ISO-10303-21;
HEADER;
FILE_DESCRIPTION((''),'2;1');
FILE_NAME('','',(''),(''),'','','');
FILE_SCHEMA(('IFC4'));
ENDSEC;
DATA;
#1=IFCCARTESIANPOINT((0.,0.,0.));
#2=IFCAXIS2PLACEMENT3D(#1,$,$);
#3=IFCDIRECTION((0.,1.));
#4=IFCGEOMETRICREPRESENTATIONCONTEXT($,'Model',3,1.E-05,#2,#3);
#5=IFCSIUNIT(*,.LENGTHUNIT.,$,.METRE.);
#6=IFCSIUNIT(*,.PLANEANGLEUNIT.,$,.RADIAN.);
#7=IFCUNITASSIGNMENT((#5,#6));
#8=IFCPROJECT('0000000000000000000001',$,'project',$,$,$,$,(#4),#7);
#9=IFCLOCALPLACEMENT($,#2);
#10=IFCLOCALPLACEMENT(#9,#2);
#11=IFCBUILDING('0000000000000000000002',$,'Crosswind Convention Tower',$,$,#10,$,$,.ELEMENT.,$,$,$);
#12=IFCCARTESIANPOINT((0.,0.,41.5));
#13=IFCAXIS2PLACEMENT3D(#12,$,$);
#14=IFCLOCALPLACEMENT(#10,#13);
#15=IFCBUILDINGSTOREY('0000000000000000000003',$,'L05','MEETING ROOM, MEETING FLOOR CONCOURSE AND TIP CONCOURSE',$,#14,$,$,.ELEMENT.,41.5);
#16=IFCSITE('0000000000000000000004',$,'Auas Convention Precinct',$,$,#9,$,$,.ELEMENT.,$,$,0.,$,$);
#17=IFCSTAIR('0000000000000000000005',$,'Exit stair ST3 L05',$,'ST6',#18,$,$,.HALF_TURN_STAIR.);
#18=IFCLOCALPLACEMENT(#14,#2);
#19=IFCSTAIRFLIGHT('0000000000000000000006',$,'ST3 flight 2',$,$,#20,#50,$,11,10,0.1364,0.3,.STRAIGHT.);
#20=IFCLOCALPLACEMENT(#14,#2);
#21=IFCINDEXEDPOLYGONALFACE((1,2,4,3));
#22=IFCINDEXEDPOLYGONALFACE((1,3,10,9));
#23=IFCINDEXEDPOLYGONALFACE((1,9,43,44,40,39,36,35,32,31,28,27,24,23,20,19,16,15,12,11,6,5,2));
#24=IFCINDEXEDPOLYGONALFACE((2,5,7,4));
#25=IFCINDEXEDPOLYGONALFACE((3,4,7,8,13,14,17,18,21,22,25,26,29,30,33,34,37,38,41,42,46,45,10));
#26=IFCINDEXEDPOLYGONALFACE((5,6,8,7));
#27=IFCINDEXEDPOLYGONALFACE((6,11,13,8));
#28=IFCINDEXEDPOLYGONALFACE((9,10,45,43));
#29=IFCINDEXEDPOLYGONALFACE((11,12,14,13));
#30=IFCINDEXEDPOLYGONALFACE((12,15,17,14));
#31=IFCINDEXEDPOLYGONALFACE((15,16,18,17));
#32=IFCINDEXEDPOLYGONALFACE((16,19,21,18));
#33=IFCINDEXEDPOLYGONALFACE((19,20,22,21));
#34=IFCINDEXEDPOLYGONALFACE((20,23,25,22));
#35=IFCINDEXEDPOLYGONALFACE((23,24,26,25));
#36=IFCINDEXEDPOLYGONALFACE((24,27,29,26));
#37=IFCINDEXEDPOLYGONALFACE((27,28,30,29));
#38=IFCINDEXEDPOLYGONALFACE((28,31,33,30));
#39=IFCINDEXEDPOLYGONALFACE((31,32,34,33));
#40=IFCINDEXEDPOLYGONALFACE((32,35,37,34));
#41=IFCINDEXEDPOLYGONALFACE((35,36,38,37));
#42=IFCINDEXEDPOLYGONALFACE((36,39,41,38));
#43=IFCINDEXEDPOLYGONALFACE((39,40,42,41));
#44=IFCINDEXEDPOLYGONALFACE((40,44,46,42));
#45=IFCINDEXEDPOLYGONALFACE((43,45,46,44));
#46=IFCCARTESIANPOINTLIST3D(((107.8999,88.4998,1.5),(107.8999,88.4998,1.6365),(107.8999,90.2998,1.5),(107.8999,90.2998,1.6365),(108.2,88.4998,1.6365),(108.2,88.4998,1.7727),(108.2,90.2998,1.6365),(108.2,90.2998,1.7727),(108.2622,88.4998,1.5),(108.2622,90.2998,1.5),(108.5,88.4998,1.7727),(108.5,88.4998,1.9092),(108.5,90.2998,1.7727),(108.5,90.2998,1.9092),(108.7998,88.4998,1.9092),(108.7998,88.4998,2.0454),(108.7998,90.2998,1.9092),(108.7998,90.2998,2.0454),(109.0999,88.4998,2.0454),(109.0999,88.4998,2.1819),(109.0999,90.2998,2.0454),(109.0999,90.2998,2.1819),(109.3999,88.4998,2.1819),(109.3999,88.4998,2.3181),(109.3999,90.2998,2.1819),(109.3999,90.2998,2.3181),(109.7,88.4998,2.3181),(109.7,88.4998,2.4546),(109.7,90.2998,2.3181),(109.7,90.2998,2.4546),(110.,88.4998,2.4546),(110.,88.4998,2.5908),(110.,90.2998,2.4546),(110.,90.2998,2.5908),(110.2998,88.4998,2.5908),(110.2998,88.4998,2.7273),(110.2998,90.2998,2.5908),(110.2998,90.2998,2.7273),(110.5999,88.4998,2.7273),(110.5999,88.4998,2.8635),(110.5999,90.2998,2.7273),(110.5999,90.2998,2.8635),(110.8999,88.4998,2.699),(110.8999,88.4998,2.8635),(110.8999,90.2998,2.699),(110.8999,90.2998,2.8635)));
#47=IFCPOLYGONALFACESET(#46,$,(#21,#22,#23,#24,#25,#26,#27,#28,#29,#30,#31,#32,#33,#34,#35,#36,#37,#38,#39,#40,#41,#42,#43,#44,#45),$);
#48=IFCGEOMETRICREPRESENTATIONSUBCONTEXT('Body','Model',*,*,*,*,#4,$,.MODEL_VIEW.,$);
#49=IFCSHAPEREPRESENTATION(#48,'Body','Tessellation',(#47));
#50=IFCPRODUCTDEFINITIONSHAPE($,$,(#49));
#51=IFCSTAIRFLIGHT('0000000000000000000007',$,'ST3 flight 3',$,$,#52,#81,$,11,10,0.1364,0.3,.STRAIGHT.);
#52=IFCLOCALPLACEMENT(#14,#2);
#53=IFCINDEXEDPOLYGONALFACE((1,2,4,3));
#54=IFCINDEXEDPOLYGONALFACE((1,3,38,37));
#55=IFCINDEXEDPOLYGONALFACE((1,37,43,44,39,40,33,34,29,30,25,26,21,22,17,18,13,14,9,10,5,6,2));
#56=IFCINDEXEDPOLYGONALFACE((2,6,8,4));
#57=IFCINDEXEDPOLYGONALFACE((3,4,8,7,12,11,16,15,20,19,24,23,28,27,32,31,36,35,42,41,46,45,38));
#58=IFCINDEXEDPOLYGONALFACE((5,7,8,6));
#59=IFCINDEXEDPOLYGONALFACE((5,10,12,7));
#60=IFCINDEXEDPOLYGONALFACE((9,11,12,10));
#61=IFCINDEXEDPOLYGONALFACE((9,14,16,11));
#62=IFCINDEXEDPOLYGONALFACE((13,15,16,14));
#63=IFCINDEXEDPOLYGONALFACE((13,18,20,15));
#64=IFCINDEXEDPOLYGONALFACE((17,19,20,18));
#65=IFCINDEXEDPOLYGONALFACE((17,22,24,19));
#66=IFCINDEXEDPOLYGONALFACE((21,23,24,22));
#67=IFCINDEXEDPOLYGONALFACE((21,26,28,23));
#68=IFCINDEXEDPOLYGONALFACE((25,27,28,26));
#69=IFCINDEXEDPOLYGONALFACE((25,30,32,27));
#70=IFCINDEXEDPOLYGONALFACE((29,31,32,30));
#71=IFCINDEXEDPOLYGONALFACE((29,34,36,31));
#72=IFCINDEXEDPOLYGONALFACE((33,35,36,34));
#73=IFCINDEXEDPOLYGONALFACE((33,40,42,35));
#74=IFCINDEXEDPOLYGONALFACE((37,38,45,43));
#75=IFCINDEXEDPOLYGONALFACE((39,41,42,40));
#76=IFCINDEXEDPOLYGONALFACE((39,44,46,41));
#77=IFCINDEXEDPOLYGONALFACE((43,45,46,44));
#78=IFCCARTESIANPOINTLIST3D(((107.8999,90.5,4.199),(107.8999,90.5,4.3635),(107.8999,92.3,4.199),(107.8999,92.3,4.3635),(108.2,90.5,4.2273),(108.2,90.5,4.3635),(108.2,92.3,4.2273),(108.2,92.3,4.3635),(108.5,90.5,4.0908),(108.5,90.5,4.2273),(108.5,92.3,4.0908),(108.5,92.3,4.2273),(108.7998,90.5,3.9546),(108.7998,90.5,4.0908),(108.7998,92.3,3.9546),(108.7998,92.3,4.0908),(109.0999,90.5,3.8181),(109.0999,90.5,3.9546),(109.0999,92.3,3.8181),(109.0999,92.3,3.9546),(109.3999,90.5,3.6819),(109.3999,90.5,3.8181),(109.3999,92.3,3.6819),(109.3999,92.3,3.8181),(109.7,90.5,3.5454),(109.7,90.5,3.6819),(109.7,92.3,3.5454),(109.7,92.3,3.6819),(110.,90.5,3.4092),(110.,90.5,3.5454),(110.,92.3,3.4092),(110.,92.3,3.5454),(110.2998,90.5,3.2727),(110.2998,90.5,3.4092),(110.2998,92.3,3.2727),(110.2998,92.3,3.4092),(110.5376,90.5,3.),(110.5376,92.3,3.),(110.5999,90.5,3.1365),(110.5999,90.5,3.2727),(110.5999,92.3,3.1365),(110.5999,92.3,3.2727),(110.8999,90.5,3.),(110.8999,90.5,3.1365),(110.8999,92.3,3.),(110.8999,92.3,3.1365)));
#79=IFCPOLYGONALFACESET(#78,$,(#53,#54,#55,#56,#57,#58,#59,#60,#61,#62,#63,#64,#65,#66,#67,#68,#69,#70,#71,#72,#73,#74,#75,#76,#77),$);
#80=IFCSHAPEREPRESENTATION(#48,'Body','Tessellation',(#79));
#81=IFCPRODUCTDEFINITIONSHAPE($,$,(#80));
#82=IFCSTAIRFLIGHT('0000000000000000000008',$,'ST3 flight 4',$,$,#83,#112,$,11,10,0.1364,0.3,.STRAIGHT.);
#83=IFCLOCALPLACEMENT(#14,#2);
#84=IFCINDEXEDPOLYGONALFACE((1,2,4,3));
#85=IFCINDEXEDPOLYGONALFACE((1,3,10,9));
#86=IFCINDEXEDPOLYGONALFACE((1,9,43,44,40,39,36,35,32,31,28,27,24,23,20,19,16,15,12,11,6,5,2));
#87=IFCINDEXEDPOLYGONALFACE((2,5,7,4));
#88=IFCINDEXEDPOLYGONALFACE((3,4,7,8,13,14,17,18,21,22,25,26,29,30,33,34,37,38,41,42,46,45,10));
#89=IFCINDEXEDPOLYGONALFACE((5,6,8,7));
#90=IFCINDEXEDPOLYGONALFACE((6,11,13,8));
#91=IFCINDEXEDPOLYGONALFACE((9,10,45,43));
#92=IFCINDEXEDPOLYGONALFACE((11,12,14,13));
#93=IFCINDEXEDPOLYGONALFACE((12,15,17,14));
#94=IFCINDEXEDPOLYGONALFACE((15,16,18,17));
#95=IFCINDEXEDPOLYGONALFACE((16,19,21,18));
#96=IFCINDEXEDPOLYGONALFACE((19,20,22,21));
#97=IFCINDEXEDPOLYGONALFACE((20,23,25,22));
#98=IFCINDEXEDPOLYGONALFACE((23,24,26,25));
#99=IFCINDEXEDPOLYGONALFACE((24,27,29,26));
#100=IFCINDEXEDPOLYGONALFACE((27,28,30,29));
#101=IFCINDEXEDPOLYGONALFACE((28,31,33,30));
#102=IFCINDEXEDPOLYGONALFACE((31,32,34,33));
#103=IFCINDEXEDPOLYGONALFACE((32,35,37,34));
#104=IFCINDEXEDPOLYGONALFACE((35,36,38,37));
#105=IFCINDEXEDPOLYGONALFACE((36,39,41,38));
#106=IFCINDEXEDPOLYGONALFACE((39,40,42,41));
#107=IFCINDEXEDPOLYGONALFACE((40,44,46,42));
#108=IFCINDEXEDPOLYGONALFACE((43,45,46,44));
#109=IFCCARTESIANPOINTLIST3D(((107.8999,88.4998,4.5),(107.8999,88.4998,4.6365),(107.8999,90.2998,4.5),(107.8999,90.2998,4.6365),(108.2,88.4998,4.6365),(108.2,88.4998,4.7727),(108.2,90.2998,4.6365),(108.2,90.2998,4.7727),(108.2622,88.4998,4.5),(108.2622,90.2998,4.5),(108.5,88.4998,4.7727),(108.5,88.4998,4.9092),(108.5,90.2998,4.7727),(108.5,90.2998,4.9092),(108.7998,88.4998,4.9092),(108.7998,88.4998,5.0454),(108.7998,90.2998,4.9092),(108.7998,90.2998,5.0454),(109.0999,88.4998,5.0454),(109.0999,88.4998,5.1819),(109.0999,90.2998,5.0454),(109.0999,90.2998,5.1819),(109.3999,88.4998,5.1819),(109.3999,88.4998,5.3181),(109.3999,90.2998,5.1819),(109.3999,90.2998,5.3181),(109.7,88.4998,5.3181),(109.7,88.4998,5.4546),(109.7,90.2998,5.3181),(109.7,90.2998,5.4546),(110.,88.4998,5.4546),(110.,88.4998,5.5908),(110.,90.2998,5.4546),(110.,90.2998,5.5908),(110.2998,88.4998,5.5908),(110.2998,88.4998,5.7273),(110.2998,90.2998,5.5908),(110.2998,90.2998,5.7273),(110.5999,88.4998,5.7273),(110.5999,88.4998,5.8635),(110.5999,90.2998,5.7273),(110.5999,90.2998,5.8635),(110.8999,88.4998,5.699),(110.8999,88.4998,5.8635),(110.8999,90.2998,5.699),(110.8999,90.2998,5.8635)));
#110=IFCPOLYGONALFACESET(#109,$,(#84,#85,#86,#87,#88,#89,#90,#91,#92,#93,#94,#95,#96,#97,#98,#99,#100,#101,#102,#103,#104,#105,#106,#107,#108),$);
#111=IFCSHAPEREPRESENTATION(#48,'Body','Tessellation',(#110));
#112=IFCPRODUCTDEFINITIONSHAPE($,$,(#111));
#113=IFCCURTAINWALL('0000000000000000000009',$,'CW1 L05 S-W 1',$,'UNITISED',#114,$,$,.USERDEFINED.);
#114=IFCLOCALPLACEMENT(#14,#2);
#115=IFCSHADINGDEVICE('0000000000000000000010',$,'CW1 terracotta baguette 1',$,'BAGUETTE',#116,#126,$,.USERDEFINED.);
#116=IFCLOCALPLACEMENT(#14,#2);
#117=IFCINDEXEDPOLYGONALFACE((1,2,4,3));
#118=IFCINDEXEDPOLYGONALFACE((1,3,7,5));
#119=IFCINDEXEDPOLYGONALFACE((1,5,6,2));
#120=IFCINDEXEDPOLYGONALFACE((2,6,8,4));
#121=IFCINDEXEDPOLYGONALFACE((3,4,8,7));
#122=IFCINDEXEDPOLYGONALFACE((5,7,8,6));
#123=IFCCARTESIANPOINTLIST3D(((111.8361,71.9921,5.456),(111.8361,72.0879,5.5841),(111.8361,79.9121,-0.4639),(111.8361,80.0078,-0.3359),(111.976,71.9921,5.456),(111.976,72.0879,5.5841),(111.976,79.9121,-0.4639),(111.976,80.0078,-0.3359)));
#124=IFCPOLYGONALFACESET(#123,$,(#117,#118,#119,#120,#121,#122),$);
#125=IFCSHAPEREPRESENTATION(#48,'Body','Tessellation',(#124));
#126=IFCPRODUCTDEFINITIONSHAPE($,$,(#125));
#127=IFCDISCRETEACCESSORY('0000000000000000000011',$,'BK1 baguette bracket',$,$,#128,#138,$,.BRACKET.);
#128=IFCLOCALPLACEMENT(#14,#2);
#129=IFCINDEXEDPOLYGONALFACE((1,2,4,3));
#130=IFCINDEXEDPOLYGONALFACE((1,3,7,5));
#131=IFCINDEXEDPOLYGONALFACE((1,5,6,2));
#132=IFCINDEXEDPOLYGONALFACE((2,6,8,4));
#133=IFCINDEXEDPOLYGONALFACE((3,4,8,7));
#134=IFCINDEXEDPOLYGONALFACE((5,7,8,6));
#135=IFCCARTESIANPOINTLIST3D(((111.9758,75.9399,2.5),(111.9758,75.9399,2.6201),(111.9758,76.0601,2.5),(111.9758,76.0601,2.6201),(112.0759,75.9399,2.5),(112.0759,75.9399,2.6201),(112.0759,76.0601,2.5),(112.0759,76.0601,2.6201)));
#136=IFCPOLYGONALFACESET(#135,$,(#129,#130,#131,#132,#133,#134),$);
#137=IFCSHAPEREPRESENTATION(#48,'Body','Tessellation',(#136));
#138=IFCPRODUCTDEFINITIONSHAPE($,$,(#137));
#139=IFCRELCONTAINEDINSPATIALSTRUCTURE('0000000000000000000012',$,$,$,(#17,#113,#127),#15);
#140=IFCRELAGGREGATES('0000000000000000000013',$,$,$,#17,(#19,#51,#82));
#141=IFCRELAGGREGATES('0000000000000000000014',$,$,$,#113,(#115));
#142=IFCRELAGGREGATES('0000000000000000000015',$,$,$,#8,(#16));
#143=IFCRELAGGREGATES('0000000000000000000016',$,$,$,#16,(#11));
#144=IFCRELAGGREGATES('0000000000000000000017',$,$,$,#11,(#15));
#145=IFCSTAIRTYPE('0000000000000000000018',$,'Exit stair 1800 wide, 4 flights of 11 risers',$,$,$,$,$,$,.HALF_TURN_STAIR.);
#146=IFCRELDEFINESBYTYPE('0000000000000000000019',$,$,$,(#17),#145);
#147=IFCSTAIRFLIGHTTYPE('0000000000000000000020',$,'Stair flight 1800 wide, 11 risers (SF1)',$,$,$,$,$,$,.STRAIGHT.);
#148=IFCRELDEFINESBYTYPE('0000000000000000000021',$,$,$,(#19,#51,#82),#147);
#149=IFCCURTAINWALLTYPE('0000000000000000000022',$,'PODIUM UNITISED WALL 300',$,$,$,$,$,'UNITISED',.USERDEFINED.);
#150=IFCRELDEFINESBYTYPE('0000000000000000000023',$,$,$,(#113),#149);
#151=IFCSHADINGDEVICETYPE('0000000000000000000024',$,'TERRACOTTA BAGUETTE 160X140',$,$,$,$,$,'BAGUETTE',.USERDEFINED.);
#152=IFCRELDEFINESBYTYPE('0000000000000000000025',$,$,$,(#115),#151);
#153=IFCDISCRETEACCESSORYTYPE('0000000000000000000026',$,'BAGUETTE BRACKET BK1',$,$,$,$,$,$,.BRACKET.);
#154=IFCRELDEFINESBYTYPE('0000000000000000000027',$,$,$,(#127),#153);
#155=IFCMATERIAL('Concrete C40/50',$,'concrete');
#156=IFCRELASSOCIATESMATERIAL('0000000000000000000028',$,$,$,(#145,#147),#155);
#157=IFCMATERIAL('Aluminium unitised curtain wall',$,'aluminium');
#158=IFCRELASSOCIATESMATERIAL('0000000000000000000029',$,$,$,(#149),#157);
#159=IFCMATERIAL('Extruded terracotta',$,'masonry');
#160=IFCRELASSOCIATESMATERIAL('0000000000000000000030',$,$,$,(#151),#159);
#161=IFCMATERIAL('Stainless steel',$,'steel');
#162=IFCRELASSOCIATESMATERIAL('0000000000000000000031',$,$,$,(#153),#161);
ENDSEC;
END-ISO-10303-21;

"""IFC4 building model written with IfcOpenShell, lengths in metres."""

from ifc_helpers import new_model, si_unit, direction, frame, origin, origin_2d, place, context, subcontext, project, spatial, polyline, rectangle, outline, extrude, material, material_profile, profile_set, type_object, element, aggregate, save


model = new_model("IFC4")

# Units and contexts
model_context = context("Model", 3, precision=1e-05, world=origin(), true_north=direction((0.0, 1.0)))
body_context = subcontext(model_context, "Body", "Model", "MODEL_VIEW")
ifc_project = project(units=[si_unit("LENGTHUNIT", "METRE"), si_unit("PLANEANGLEUNIT", "RADIAN")], contexts=[model_context])

# Site, building, storey
site_placement = place(None, origin())
site = spatial("IfcSite", under=ifc_project, at=site_placement, Name="Auas Convention Precinct", CompositionType="ELEMENT", RefElevation=0.0)
building_placement = place(site_placement, origin())
building = spatial("IfcBuilding", under=site, at=building_placement, Name="Crosswind Convention Tower", CompositionType="ELEMENT")
storey_placement = place(building_placement, frame((0.0, 0.0, 41.5)))
storey = spatial("IfcBuildingStorey", under=building, at=storey_placement, Name="L05", Description="MEETING ROOM, MEETING FLOOR CONCOURSE AND TIP CONCOURSE", CompositionType="ELEMENT", Elevation=41.5)

# Shared definitions
ifc_material_1 = material(Name="Aluminium unitised curtain wall", Category="aluminium")

# Shared definitions
ifc_material_2 = material(Name="Stainless steel", Category="steel")

# Stair, stair flights
ifc_material_3 = material(Name="Concrete C40/50", Category="concrete")
stair_type = type_object("IfcStairType", Name="Exit stair 1800 wide, 4 flights of 11 risers", PredefinedType="HALF_TURN_STAIR", material=ifc_material_3)
stair_placement = place(storey_placement, origin())
stair = element("IfcStair", 1, at=stair_placement, inside=storey, type_object=stair_type, Name="Exit stair ST3 L05", ObjectType="ST6", PredefinedType="HALF_TURN_STAIR")
stair_flight_type = type_object("IfcStairFlightType", Name="Stair flight 1800 wide, 11 risers (SF1)", PredefinedType="STRAIGHT", material=ifc_material_3)
stair_flight_1_placement = place(storey_placement, frame((107.8999, 89.3999, 1.5), z_axis=(0.0, 0.0, 1.0), x_axis=(1.0, 0.0, 0.0)))
stair_flight_1 = element("IfcStairFlight", 2, at=stair_flight_1_placement, type_object=stair_flight_type, Name="ST3 flight 2", NumberOfRisers=11, NumberOfTreads=10, PredefinedType="STRAIGHT", RiserHeight=0.1364, TreadLength=0.3, context=body_context, shape_type="SweptSolid", body=[
    extrude(outline(polyline([(0.0, 0.0), (0.0, 0.1365), (0.3, 0.1365), (0.3, 0.2727), (0.6001, 0.2727), (0.6001, 0.4092), (0.8999, 0.4092), (0.8999, 0.5454), (1.2, 0.5454), (1.2, 0.6819), (1.5, 0.6819), (1.5, 0.8181), (1.8, 0.8181), (1.8, 0.9546), (2.1001, 0.9546), (2.1001, 1.0908), (2.3999, 1.0908), (2.3999, 1.2273), (2.7, 1.2273), (2.7, 1.3635), (3.0, 1.3635), (3.0, 1.5), (3.0, 1.199), (0.3623, 0.0), (0.0, 0.0)])), frame((0.0, 0.8999, 0.0), z_axis=(0.0, -1.0, 0.0), x_axis=(1.0, 0.0, 0.0)), (0.0, 0.0, 1.0), 1.8),
])
stair_flight_2_placement = place(storey_placement, frame((110.8999, 91.3999, 3.0), z_axis=(0.0, 0.0, 1.0), x_axis=(-1.0, 0.0, 0.0)))
stair_flight_2 = element("IfcStairFlight", 3, at=stair_flight_2_placement, type_object=stair_flight_type, Name="ST3 flight 3", NumberOfRisers=11, NumberOfTreads=10, PredefinedType="STRAIGHT", RiserHeight=0.1364, TreadLength=0.3, context=body_context, shape_type="SweptSolid", body=[
    extrude(outline(polyline([(0.0, 0.0), (0.0, 0.1365), (0.3, 0.1365), (0.3, 0.2727), (0.6001, 0.2727), (0.6001, 0.4092), (0.8999, 0.4092), (0.8999, 0.5454), (1.2, 0.5454), (1.2, 0.6819), (1.5, 0.6819), (1.5, 0.8181), (1.8, 0.8181), (1.8, 0.9546), (2.1001, 0.9546), (2.1001, 1.0908), (2.3999, 1.0908), (2.3999, 1.2273), (2.7, 1.2273), (2.7, 1.3635), (3.0, 1.3635), (3.0, 1.5), (3.0, 1.199), (0.3623, 0.0), (0.0, 0.0)])), frame((0.0, 0.8999, 0.0), z_axis=(0.0, -1.0, 0.0), x_axis=(1.0, 0.0, 0.0)), (0.0, 0.0, 1.0), 1.8),
])
stair_flight_3_placement = place(storey_placement, frame((107.8999, 89.3999, 4.5), z_axis=(0.0, 0.0, 1.0), x_axis=(1.0, 0.0, 0.0)))
stair_flight_3 = element("IfcStairFlight", 4, at=stair_flight_3_placement, type_object=stair_flight_type, Name="ST3 flight 4", NumberOfRisers=11, NumberOfTreads=10, PredefinedType="STRAIGHT", RiserHeight=0.1364, TreadLength=0.3, context=body_context, shape_type="SweptSolid", body=[
    extrude(outline(polyline([(0.0, 0.0), (0.0, 0.1365), (0.3, 0.1365), (0.3, 0.2727), (0.6001, 0.2727), (0.6001, 0.4092), (0.8999, 0.4092), (0.8999, 0.5454), (1.2, 0.5454), (1.2, 0.6819), (1.5, 0.6819), (1.5, 0.8181), (1.8, 0.8181), (1.8, 0.9546), (2.1001, 0.9546), (2.1001, 1.0908), (2.3999, 1.0908), (2.3999, 1.2273), (2.7, 1.2273), (2.7, 1.3635), (3.0, 1.3635), (3.0, 1.5), (3.0, 1.199), (0.3623, 0.0), (0.0, 0.0)])), frame((0.0, 0.8999, 0.0), z_axis=(0.0, -1.0, 0.0), x_axis=(1.0, 0.0, 0.0)), (0.0, 0.0, 1.0), 1.8),
])
aggregate(stair, [stair_flight_1, stair_flight_2, stair_flight_3])

# Curtain wall, shading device
curtain_wall_type_1 = type_object("IfcCurtainWallType", Name="PODIUM UNITISED WALL 300", ElementType="UNITISED", PredefinedType="USERDEFINED", material=ifc_material_1)
curtain_wall_1_placement = place(storey_placement, origin())
curtain_wall_1 = element("IfcCurtainWall", 5, at=curtain_wall_1_placement, inside=storey, type_object=curtain_wall_type_1, Name="CW1 L05 S-W 1", ObjectType="UNITISED", PredefinedType="USERDEFINED")
ifc_material_4 = material(Name="Extruded terracotta", Category="masonry")
ifc_material_profile_1 = material_profile(ifc_material_4, rectangle(XDim=0.1399, YDim=0.1599, at=origin_2d()), Name="TC 140X160")
ifc_profile_set_1 = profile_set([ifc_material_profile_1], Name="Extruded terracotta")
shading_device_type = type_object("IfcShadingDeviceType", Name="TERRACOTTA BAGUETTE 160X140", ElementType="BAGUETTE", PredefinedType="USERDEFINED", material=ifc_profile_set_1)
shading_device_placement = place(storey_placement, frame((111.906, 79.96, -0.3999), z_axis=(0.0, -0.800971, 0.598703), x_axis=(1.0, 0.0, 0.0)))
shading_device = element("IfcShadingDevice", 6, at=shading_device_placement, type_object=shading_device_type, Name="CW1 terracotta baguette 1", ObjectType="BAGUETTE", PredefinedType="USERDEFINED", context=body_context, shape_type="SweptSolid", body=[
    extrude(rectangle(XDim=0.1399, YDim=0.1599, at=origin_2d()), origin(), (0.0, 0.0, 1.0), 9.8879),
])
aggregate(curtain_wall_1, [shading_device])

# Discrete accessory
discrete_accessory_type = type_object("IfcDiscreteAccessoryType", Name="BAGUETTE BRACKET BK1", PredefinedType="BRACKET", material=ifc_material_2)
discrete_accessory_placement = place(storey_placement, frame((112.0259, 76.0, 2.5), z_axis=(0.0, 0.0, 1.0), x_axis=(0.0, -1.0, 0.0)))
element("IfcDiscreteAccessory", 7, at=discrete_accessory_placement, inside=storey, type_object=discrete_accessory_type, Name="BK1 baguette bracket", PredefinedType="BRACKET", context=body_context, shape_type="SweptSolid", body=[
    extrude(rectangle(XDim=0.1201, YDim=0.1001, at=origin_2d()), origin(), (0.0, 0.0, 1.0), 0.1201),
])

save(model, "model.ifc")
